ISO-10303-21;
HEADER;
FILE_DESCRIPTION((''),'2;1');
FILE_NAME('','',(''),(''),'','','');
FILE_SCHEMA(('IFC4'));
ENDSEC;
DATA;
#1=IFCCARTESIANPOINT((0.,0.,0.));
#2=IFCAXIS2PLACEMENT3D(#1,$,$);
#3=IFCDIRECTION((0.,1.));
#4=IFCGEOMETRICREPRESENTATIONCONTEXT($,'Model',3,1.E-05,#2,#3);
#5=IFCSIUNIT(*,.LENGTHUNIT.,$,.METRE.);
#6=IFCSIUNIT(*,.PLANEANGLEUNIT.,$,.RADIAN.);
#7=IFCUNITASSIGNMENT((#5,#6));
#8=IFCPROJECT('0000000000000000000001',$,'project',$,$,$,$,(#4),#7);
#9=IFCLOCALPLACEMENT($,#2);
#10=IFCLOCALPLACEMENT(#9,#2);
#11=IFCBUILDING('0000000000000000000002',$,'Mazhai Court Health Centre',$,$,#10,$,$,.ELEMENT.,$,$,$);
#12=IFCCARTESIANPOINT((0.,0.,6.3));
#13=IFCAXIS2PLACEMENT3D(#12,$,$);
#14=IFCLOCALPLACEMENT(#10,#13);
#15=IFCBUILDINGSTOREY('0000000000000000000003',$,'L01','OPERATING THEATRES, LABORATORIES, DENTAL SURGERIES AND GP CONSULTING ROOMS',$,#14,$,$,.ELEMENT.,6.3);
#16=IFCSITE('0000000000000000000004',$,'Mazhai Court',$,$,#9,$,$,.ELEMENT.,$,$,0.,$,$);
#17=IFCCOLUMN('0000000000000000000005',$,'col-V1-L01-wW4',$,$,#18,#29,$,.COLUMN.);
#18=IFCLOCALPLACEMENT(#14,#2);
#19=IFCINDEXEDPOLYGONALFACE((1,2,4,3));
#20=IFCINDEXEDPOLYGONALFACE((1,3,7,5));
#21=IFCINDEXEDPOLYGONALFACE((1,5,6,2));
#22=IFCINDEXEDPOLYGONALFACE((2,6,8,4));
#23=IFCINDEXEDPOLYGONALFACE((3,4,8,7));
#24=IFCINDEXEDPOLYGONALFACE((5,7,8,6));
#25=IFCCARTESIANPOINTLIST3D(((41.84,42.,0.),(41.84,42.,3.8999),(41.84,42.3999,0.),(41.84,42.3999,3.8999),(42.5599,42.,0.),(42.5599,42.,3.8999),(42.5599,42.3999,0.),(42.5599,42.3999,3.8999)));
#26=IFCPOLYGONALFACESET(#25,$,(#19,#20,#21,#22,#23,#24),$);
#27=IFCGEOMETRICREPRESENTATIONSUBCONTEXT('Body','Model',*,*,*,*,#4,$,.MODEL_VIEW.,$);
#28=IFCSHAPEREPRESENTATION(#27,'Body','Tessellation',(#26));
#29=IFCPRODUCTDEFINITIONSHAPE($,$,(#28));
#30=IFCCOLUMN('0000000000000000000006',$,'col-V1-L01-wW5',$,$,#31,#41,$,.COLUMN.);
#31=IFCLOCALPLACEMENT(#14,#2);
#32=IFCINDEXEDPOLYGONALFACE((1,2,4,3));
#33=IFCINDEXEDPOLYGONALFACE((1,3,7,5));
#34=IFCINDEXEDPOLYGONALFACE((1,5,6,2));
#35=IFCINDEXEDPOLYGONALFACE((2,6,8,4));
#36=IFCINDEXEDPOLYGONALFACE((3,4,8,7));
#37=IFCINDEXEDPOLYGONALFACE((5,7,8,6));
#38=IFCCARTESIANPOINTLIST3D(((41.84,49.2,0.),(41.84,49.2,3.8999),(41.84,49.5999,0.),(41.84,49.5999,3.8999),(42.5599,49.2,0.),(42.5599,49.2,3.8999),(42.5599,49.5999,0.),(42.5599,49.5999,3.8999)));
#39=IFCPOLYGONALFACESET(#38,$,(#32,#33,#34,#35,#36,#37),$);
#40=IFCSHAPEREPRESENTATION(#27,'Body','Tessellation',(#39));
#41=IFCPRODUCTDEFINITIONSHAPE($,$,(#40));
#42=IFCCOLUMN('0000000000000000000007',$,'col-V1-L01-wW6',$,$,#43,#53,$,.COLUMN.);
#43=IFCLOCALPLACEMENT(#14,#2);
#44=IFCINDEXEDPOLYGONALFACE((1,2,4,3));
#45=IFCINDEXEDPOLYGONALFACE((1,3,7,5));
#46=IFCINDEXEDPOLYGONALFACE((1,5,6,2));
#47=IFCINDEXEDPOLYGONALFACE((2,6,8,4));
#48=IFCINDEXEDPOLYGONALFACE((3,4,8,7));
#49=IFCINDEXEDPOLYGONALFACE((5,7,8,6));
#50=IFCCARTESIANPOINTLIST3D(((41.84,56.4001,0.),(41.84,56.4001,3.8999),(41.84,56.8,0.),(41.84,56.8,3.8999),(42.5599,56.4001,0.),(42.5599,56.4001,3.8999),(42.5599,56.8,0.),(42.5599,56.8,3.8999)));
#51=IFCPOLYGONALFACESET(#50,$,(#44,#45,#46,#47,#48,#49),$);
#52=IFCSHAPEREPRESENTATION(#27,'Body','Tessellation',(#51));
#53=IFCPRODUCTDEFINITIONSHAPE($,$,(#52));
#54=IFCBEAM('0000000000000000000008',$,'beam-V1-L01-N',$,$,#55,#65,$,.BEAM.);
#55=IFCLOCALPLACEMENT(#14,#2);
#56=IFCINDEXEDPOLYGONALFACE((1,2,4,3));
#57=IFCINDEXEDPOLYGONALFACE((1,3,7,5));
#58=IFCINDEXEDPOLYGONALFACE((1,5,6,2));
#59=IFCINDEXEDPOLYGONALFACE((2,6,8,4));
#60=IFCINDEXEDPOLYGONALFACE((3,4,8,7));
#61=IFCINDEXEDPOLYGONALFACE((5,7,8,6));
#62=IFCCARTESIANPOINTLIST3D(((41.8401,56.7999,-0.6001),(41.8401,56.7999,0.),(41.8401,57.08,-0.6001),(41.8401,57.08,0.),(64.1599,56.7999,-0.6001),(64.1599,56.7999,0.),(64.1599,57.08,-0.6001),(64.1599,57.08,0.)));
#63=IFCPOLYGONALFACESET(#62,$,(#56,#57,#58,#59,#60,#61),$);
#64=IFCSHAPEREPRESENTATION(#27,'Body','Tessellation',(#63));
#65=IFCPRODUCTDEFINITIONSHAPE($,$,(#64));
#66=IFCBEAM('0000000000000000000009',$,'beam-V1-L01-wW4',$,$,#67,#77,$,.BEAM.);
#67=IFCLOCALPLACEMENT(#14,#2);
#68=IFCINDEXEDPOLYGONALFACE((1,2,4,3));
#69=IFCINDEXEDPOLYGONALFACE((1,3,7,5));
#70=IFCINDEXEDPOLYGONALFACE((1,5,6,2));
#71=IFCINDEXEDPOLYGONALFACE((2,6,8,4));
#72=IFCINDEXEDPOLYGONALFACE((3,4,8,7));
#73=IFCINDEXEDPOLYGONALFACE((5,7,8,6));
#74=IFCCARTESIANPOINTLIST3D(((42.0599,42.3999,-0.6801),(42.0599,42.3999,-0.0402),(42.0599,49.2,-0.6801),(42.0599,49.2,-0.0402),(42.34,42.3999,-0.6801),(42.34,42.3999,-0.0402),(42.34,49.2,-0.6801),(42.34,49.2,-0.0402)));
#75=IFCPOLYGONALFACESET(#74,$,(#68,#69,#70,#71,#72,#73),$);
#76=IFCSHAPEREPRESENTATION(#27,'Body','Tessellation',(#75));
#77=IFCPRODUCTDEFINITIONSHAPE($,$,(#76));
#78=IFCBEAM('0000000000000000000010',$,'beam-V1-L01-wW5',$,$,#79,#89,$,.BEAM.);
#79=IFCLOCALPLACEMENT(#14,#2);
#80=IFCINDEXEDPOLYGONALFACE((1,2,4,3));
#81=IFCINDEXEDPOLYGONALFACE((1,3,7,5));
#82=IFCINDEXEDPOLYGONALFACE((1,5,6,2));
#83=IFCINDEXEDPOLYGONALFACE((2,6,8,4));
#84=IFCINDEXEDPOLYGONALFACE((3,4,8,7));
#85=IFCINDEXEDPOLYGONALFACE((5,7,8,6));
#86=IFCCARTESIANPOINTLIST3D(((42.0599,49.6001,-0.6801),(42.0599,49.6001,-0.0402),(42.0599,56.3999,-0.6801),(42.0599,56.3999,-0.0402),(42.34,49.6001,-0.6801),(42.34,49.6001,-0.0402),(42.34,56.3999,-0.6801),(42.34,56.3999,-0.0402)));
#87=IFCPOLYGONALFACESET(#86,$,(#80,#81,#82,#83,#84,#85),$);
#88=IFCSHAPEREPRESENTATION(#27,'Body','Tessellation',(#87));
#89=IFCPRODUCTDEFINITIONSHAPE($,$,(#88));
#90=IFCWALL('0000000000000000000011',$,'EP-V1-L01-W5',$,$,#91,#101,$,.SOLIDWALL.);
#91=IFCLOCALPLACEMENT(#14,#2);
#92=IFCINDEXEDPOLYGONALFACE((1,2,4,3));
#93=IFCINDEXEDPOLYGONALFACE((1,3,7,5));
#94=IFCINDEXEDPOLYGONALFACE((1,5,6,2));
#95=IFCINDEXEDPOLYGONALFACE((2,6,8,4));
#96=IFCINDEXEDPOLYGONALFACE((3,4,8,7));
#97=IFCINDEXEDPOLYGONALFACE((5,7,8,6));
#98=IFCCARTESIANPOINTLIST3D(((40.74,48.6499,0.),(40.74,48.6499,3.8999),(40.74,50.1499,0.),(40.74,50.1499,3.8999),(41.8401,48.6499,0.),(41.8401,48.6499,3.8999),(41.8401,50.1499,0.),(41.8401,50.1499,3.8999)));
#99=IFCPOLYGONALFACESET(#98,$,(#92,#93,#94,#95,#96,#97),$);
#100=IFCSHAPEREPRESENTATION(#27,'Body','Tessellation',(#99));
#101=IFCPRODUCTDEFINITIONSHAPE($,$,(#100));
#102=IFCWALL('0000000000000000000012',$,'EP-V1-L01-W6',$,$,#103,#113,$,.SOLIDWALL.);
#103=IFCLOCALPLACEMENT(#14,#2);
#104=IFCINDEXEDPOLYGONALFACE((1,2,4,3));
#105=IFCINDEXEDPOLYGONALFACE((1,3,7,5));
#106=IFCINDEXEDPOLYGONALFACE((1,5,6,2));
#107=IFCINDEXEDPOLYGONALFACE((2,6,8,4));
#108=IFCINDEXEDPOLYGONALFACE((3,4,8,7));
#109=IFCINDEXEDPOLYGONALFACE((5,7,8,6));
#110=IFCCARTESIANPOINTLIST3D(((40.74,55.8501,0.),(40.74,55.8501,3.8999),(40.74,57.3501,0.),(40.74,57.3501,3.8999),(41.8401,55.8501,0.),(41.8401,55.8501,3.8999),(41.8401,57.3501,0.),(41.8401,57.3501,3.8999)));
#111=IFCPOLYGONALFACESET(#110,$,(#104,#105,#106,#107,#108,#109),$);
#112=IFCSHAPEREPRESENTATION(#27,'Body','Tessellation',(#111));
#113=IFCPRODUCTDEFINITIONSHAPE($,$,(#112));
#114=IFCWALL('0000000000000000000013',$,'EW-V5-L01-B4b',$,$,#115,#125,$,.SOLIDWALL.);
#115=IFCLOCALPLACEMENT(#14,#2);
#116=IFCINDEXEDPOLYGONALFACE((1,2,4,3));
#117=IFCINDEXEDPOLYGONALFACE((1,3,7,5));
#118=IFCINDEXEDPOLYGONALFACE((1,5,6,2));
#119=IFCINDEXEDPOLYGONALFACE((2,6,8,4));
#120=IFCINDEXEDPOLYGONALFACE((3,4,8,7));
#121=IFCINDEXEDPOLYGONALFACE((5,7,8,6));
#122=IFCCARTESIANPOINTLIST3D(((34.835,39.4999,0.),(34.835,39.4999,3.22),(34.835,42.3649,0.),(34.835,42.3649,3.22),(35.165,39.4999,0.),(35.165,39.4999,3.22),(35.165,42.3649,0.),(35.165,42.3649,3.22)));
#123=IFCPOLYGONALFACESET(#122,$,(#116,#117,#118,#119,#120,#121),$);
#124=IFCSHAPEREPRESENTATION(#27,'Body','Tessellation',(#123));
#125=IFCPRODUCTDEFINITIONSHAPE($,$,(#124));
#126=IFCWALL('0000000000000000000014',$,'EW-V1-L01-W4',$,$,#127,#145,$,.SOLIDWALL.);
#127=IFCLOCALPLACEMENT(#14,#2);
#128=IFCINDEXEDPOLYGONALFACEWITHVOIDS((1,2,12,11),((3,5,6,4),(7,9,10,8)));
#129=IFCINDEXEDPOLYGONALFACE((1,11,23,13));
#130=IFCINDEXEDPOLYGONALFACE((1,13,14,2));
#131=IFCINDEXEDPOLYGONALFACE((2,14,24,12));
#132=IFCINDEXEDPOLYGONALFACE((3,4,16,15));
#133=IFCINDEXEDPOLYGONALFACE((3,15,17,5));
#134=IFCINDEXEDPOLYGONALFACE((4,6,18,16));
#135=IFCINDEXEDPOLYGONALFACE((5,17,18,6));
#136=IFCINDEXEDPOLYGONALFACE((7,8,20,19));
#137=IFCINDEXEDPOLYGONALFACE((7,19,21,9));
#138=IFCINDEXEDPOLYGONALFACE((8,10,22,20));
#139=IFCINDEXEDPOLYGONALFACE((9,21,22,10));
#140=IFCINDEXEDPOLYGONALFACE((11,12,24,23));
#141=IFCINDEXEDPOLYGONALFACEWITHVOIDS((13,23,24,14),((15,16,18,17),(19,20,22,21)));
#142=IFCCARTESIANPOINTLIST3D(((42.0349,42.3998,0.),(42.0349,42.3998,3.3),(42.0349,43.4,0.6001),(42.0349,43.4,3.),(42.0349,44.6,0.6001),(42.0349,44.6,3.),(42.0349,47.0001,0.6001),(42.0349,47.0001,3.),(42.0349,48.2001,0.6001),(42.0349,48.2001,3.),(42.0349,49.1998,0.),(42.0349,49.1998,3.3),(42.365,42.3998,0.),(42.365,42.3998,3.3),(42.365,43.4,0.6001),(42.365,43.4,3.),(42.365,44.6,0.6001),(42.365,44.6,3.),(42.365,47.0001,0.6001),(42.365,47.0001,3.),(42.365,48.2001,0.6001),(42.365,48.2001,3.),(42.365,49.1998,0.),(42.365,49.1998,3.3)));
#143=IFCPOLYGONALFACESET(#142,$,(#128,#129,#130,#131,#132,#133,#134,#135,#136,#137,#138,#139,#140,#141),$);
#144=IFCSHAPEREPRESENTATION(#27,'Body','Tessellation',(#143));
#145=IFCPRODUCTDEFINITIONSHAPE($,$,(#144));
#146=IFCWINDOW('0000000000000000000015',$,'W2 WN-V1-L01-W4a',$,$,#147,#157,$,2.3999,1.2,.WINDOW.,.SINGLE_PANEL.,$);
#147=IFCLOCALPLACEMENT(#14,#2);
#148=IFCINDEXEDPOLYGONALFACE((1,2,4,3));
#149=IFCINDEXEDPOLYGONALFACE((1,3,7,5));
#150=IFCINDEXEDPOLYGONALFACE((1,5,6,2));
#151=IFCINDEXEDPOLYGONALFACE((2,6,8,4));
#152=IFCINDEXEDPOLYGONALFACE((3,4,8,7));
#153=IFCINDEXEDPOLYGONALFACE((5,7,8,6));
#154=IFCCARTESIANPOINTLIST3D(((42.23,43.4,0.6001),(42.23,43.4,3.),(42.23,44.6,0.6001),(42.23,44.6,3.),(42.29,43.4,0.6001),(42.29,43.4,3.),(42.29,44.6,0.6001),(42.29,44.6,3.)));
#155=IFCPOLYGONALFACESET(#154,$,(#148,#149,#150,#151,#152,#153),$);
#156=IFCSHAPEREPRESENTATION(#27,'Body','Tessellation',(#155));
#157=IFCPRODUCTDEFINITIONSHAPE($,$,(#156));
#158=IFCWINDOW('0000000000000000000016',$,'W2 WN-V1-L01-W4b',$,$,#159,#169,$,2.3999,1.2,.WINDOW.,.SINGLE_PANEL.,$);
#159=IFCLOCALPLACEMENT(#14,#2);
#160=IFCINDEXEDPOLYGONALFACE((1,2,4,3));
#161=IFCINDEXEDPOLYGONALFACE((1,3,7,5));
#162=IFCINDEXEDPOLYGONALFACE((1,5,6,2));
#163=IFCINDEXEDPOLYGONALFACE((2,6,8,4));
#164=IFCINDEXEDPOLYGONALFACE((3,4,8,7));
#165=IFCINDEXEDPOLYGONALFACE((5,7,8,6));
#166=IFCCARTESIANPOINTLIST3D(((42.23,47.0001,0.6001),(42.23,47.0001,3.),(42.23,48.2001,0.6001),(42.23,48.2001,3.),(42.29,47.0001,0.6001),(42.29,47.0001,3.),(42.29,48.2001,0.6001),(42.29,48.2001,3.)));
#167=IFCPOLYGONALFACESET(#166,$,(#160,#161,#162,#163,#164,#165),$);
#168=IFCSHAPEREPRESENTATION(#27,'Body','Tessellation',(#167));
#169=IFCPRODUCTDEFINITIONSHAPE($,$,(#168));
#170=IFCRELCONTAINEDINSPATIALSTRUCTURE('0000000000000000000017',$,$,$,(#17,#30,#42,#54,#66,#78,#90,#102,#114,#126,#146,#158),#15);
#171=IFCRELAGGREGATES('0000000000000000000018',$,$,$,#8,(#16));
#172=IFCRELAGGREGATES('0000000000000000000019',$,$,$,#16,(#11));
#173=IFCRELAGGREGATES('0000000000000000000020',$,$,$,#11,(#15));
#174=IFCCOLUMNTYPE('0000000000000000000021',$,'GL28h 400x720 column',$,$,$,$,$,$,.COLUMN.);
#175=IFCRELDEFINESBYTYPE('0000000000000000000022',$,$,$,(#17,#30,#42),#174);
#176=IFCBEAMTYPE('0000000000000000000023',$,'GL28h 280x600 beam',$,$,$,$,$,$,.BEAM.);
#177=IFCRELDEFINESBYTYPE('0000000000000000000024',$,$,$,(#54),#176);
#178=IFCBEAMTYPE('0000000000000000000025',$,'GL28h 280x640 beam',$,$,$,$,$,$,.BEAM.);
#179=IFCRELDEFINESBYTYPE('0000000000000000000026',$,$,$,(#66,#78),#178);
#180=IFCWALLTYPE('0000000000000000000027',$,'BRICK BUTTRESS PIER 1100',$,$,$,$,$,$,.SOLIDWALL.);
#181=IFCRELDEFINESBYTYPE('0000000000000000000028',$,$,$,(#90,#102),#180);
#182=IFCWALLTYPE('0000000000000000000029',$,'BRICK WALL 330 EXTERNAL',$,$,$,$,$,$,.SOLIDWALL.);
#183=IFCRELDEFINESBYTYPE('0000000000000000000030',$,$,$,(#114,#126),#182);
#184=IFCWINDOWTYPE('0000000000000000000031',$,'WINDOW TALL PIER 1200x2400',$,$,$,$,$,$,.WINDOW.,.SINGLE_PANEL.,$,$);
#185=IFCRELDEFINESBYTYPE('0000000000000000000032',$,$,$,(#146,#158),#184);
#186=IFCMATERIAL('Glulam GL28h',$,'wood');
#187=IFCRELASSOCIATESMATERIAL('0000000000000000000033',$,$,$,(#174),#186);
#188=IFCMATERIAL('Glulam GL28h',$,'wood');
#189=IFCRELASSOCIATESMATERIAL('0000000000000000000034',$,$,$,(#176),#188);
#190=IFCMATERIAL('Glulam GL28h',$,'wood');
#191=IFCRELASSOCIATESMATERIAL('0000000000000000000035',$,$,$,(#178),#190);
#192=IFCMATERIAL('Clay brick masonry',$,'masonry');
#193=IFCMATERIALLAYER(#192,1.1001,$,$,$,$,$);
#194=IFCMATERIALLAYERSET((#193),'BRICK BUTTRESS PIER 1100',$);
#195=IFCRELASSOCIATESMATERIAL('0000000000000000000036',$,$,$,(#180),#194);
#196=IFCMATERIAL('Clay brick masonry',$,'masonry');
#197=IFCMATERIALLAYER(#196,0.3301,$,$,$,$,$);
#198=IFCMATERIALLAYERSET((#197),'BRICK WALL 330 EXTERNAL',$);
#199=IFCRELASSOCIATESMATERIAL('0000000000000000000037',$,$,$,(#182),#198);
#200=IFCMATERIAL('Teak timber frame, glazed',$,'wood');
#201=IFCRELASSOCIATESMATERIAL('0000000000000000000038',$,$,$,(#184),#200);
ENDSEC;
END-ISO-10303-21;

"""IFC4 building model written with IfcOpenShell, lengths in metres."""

from ifc_helpers import new_model, si_unit, direction, frame, frame_2d, origin, origin_2d, place, context, subcontext, project, spatial, rectangle, extrude, material, layer, layer_set, material_profile, profile_set, type_object, element, fill, save


model = new_model("IFC4")

# Units and contexts
model_context = context("Model", 3, precision=1e-05, world=origin(), true_north=direction((0.0, 1.0)))
body_context = subcontext(model_context, "Body", "Model", "MODEL_VIEW")
ifc_project = project(units=[si_unit("LENGTHUNIT", "METRE"), si_unit("PLANEANGLEUNIT", "RADIAN")], contexts=[model_context])

# Site, building, storey
site_placement = place(None, origin())
site = spatial("IfcSite", under=ifc_project, at=site_placement, Name="Mazhai Court", CompositionType="ELEMENT", RefElevation=0.0)
building_placement = place(site_placement, origin())
building = spatial("IfcBuilding", under=site, at=building_placement, Name="Mazhai Court Health Centre", CompositionType="ELEMENT")
storey_placement = place(building_placement, frame((0.0, 0.0, 6.3)))
storey = spatial("IfcBuildingStorey", under=building, at=storey_placement, Name="L01", Description="OPERATING THEATRES, LABORATORIES, DENTAL SURGERIES AND GP CONSULTING ROOMS", CompositionType="ELEMENT", Elevation=6.3)

# Columns
ifc_material_1 = material(Name="Glulam GL28h", Category="wood")
ifc_material_profile_1 = material_profile(ifc_material_1, rectangle(XDim=0.3999, YDim=0.72, at=origin_2d()), Name="GL28h 400x720")
ifc_profile_set_1 = profile_set([ifc_material_profile_1], Name="Glulam GL28h")
column_type = type_object("IfcColumnType", Name="GL28h 400x720 column", PredefinedType="COLUMN", material=ifc_profile_set_1)
for number, where, z_axis, x_axis, name in (
    (1, (42.2, 42.2, 0.0), (0.0, 0.0, 1.0), (0.0, 1.0, 0.0), "col-V1-L01-wW4"),
    (2, (42.2, 49.3999, 0.0), (0.0, 0.0, 1.0), (0.0, 1.0, 0.0), "col-V1-L01-wW5"),
    (3, (42.2, 56.6001, 0.0), (0.0, 0.0, 1.0), (0.0, 1.0, 0.0), "col-V1-L01-wW6"),
):
    element("IfcColumn", number, at=place(storey_placement, frame(where, z_axis=z_axis, x_axis=x_axis)), inside=storey, type_object=column_type, Name=name, PredefinedType="COLUMN", context=body_context, shape_type="SweptSolid", body=[
        extrude(rectangle(XDim=0.3999, YDim=0.72, at=origin_2d()), origin(), (0.0, 0.0, 1.0), 3.8999),
    ])

# Beams
ifc_material_2 = material(Name="Glulam GL28h", Category="wood")
ifc_material_profile_2 = material_profile(ifc_material_2, rectangle(XDim=0.28, YDim=0.6001, at=origin_2d()), Name="GL28h 280x600")
ifc_profile_set_2 = profile_set([ifc_material_profile_2], Name="Glulam GL28h")
beam_type_1 = type_object("IfcBeamType", Name="GL28h 280x600 beam", PredefinedType="BEAM", material=ifc_profile_set_2)
beam_1_placement = place(storey_placement, frame((41.8401, 56.9399, -0.3), z_axis=(1.0, 0.0, 0.0), x_axis=(0.0, 1.0, 0.0)))
element("IfcBeam", 4, at=beam_1_placement, inside=storey, type_object=beam_type_1, Name="beam-V1-L01-N", PredefinedType="BEAM", context=body_context, shape_type="SweptSolid", body=[
    extrude(rectangle(XDim=0.28, YDim=0.6001, at=origin_2d()), origin(), (0.0, 0.0, 1.0), 22.3198),
])
ifc_material_3 = material(Name="Glulam GL28h", Category="wood")
ifc_material_profile_3 = material_profile(ifc_material_3, rectangle(XDim=0.28, YDim=0.6399, at=origin_2d()), Name="GL28h 280x640")
ifc_profile_set_3 = profile_set([ifc_material_profile_3], Name="Glulam GL28h")
beam_type_2 = type_object("IfcBeamType", Name="GL28h 280x640 beam", PredefinedType="BEAM", material=ifc_profile_set_3)
beam_2_placement = place(storey_placement, frame((42.2, 42.3999, -0.3601), z_axis=(0.0, 1.0, 0.0), x_axis=(-1.0, 0.0, 0.0)))
element("IfcBeam", 5, at=beam_2_placement, inside=storey, type_object=beam_type_2, Name="beam-V1-L01-wW4", PredefinedType="BEAM", context=body_context, shape_type="SweptSolid", body=[
    extrude(rectangle(XDim=0.28, YDim=0.6399, at=origin_2d()), origin(), (0.0, 0.0, 1.0), 6.8),
])
beam_3_placement = place(storey_placement, frame((42.2, 49.6001, -0.3601), z_axis=(0.0, 1.0, 0.0), x_axis=(-1.0, 0.0, 0.0)))
element("IfcBeam", 6, at=beam_3_placement, inside=storey, type_object=beam_type_2, Name="beam-V1-L01-wW5", PredefinedType="BEAM", context=body_context, shape_type="SweptSolid", body=[
    extrude(rectangle(XDim=0.28, YDim=0.6399, at=origin_2d()), origin(), (0.0, 0.0, 1.0), 6.7998),
])

# Walls
ifc_material_4 = material(Name="Clay brick masonry", Category="masonry")
ifc_layer_1 = layer(ifc_material_4, 1.1001)
ifc_layer_set_1 = layer_set([ifc_layer_1], Name="BRICK BUTTRESS PIER 1100")
wall_type_1 = type_object("IfcWallType", Name="BRICK BUTTRESS PIER 1100", PredefinedType="SOLIDWALL", material=ifc_layer_set_1)
for number, where, z_axis, x_axis, name in (
    (7, (41.29, 48.6499, 0.0), (0.0, 0.0, 1.0), (0.0, 1.0, 0.0), "EP-V1-L01-W5"),
    (8, (41.29, 55.8501, 0.0), (0.0, 0.0, 1.0), (0.0, 1.0, 0.0), "EP-V1-L01-W6"),
):
    element("IfcWall", number, at=place(storey_placement, frame(where, z_axis=z_axis, x_axis=x_axis)), inside=storey, type_object=wall_type_1, Name=name, PredefinedType="SOLIDWALL", context=body_context, shape_type="SweptSolid", body=[
        extrude(rectangle(XDim=1.5, YDim=1.1001, at=frame_2d((0.75, 0.0))), origin(), (0.0, 0.0, 1.0), 3.8999),
    ])
ifc_material_5 = material(Name="Clay brick masonry", Category="masonry")
ifc_layer_2 = layer(ifc_material_5, 0.3301)
ifc_layer_set_2 = layer_set([ifc_layer_2], Name="BRICK WALL 330 EXTERNAL")
wall_type_2 = type_object("IfcWallType", Name="BRICK WALL 330 EXTERNAL", PredefinedType="SOLIDWALL", material=ifc_layer_set_2)
wall_1_placement = place(storey_placement, frame((35.0, 42.365, 0.0), z_axis=(0.0, 0.0, 1.0), x_axis=(0.0, -1.0, 0.0)))
element("IfcWall", 9, at=wall_1_placement, inside=storey, type_object=wall_type_2, Name="EW-V5-L01-B4b", PredefinedType="SOLIDWALL", context=body_context, shape_type="SweptSolid", body=[
    extrude(rectangle(XDim=2.865, YDim=0.3301, at=frame_2d((1.4326, 0.0))), origin(), (0.0, 0.0, 1.0), 3.22),
])

# Wall, openings, windows
wall_2_placement = place(storey_placement, frame((42.2, 42.3999, 0.0), z_axis=(0.0, 0.0, 1.0), x_axis=(0.0, 1.0, 0.0)))
wall_2 = element("IfcWall", 10, at=wall_2_placement, inside=storey, type_object=wall_type_2, Name="EW-V1-L01-W4", PredefinedType="SOLIDWALL", context=body_context, shape_type="SweptSolid", body=[
    extrude(rectangle(XDim=6.8, YDim=0.3301, at=frame_2d((3.3999, 0.0))), origin(), (0.0, 0.0, 1.0), 3.3),
])
opening_1_placement = place(wall_2_placement, frame((1.0, 0.0, 0.6001)))
opening_1 = element("IfcOpeningElement", 11, at=opening_1_placement, cuts=wall_2, PredefinedType="OPENING", context=body_context, shape_type="SweptSolid", body=[
    extrude(rectangle(XDim=1.2, YDim=2.3999, at=frame_2d((0.6001, 1.2))), frame((0.0, 0.175, 0.0), z_axis=(0.0, -1.0, 0.0), x_axis=(1.0, 0.0, 0.0)), (0.0, 0.0, 1.0), 0.3501),
])
opening_2_placement = place(wall_2_placement, frame((4.6001, 0.0, 0.6001)))
opening_2 = element("IfcOpeningElement", 12, at=opening_2_placement, cuts=wall_2, PredefinedType="OPENING", context=body_context, shape_type="SweptSolid", body=[
    extrude(rectangle(XDim=1.2, YDim=2.3999, at=frame_2d((0.6001, 1.2))), frame((0.0, 0.175, 0.0), z_axis=(0.0, -1.0, 0.0), x_axis=(1.0, 0.0, 0.0)), (0.0, 0.0, 1.0), 0.3501),
])
ifc_material_6 = material(Name="Teak timber frame, glazed", Category="wood")
window_type_1 = type_object("IfcWindowType", Name="WINDOW TALL PIER 1200x2400", PartitioningType="SINGLE_PANEL", PredefinedType="WINDOW", material=ifc_material_6)
window_1_placement = place(opening_1_placement, origin())
window_1 = element("IfcWindow", 13, at=window_1_placement, inside=storey, type_object=window_type_1, Name="W2 WN-V1-L01-W4a", OverallHeight=2.3999, OverallWidth=1.2, PartitioningType="SINGLE_PANEL", PredefinedType="WINDOW", context=body_context, shape_type="SweptSolid", body=[
    extrude(rectangle(XDim=1.2, YDim=2.3999, at=frame_2d((0.6001, 1.2))), frame((0.0, -0.03, 0.0), z_axis=(0.0, -1.0, 0.0), x_axis=(1.0, 0.0, 0.0)), (0.0, 0.0, 1.0), 0.0601),
])
fill(opening_1, window_1)
window_2_placement = place(opening_2_placement, origin())
window_2 = element("IfcWindow", 14, at=window_2_placement, inside=storey, type_object=window_type_1, Name="W2 WN-V1-L01-W4b", OverallHeight=2.3999, OverallWidth=1.2, PartitioningType="SINGLE_PANEL", PredefinedType="WINDOW", context=body_context, shape_type="SweptSolid", body=[
    extrude(rectangle(XDim=1.2, YDim=2.3999, at=frame_2d((0.6001, 1.2))), frame((0.0, -0.03, 0.0), z_axis=(0.0, -1.0, 0.0), x_axis=(1.0, 0.0, 0.0)), (0.0, 0.0, 1.0), 0.0601),
])
fill(opening_2, window_2)

save(model, "model.ifc")
